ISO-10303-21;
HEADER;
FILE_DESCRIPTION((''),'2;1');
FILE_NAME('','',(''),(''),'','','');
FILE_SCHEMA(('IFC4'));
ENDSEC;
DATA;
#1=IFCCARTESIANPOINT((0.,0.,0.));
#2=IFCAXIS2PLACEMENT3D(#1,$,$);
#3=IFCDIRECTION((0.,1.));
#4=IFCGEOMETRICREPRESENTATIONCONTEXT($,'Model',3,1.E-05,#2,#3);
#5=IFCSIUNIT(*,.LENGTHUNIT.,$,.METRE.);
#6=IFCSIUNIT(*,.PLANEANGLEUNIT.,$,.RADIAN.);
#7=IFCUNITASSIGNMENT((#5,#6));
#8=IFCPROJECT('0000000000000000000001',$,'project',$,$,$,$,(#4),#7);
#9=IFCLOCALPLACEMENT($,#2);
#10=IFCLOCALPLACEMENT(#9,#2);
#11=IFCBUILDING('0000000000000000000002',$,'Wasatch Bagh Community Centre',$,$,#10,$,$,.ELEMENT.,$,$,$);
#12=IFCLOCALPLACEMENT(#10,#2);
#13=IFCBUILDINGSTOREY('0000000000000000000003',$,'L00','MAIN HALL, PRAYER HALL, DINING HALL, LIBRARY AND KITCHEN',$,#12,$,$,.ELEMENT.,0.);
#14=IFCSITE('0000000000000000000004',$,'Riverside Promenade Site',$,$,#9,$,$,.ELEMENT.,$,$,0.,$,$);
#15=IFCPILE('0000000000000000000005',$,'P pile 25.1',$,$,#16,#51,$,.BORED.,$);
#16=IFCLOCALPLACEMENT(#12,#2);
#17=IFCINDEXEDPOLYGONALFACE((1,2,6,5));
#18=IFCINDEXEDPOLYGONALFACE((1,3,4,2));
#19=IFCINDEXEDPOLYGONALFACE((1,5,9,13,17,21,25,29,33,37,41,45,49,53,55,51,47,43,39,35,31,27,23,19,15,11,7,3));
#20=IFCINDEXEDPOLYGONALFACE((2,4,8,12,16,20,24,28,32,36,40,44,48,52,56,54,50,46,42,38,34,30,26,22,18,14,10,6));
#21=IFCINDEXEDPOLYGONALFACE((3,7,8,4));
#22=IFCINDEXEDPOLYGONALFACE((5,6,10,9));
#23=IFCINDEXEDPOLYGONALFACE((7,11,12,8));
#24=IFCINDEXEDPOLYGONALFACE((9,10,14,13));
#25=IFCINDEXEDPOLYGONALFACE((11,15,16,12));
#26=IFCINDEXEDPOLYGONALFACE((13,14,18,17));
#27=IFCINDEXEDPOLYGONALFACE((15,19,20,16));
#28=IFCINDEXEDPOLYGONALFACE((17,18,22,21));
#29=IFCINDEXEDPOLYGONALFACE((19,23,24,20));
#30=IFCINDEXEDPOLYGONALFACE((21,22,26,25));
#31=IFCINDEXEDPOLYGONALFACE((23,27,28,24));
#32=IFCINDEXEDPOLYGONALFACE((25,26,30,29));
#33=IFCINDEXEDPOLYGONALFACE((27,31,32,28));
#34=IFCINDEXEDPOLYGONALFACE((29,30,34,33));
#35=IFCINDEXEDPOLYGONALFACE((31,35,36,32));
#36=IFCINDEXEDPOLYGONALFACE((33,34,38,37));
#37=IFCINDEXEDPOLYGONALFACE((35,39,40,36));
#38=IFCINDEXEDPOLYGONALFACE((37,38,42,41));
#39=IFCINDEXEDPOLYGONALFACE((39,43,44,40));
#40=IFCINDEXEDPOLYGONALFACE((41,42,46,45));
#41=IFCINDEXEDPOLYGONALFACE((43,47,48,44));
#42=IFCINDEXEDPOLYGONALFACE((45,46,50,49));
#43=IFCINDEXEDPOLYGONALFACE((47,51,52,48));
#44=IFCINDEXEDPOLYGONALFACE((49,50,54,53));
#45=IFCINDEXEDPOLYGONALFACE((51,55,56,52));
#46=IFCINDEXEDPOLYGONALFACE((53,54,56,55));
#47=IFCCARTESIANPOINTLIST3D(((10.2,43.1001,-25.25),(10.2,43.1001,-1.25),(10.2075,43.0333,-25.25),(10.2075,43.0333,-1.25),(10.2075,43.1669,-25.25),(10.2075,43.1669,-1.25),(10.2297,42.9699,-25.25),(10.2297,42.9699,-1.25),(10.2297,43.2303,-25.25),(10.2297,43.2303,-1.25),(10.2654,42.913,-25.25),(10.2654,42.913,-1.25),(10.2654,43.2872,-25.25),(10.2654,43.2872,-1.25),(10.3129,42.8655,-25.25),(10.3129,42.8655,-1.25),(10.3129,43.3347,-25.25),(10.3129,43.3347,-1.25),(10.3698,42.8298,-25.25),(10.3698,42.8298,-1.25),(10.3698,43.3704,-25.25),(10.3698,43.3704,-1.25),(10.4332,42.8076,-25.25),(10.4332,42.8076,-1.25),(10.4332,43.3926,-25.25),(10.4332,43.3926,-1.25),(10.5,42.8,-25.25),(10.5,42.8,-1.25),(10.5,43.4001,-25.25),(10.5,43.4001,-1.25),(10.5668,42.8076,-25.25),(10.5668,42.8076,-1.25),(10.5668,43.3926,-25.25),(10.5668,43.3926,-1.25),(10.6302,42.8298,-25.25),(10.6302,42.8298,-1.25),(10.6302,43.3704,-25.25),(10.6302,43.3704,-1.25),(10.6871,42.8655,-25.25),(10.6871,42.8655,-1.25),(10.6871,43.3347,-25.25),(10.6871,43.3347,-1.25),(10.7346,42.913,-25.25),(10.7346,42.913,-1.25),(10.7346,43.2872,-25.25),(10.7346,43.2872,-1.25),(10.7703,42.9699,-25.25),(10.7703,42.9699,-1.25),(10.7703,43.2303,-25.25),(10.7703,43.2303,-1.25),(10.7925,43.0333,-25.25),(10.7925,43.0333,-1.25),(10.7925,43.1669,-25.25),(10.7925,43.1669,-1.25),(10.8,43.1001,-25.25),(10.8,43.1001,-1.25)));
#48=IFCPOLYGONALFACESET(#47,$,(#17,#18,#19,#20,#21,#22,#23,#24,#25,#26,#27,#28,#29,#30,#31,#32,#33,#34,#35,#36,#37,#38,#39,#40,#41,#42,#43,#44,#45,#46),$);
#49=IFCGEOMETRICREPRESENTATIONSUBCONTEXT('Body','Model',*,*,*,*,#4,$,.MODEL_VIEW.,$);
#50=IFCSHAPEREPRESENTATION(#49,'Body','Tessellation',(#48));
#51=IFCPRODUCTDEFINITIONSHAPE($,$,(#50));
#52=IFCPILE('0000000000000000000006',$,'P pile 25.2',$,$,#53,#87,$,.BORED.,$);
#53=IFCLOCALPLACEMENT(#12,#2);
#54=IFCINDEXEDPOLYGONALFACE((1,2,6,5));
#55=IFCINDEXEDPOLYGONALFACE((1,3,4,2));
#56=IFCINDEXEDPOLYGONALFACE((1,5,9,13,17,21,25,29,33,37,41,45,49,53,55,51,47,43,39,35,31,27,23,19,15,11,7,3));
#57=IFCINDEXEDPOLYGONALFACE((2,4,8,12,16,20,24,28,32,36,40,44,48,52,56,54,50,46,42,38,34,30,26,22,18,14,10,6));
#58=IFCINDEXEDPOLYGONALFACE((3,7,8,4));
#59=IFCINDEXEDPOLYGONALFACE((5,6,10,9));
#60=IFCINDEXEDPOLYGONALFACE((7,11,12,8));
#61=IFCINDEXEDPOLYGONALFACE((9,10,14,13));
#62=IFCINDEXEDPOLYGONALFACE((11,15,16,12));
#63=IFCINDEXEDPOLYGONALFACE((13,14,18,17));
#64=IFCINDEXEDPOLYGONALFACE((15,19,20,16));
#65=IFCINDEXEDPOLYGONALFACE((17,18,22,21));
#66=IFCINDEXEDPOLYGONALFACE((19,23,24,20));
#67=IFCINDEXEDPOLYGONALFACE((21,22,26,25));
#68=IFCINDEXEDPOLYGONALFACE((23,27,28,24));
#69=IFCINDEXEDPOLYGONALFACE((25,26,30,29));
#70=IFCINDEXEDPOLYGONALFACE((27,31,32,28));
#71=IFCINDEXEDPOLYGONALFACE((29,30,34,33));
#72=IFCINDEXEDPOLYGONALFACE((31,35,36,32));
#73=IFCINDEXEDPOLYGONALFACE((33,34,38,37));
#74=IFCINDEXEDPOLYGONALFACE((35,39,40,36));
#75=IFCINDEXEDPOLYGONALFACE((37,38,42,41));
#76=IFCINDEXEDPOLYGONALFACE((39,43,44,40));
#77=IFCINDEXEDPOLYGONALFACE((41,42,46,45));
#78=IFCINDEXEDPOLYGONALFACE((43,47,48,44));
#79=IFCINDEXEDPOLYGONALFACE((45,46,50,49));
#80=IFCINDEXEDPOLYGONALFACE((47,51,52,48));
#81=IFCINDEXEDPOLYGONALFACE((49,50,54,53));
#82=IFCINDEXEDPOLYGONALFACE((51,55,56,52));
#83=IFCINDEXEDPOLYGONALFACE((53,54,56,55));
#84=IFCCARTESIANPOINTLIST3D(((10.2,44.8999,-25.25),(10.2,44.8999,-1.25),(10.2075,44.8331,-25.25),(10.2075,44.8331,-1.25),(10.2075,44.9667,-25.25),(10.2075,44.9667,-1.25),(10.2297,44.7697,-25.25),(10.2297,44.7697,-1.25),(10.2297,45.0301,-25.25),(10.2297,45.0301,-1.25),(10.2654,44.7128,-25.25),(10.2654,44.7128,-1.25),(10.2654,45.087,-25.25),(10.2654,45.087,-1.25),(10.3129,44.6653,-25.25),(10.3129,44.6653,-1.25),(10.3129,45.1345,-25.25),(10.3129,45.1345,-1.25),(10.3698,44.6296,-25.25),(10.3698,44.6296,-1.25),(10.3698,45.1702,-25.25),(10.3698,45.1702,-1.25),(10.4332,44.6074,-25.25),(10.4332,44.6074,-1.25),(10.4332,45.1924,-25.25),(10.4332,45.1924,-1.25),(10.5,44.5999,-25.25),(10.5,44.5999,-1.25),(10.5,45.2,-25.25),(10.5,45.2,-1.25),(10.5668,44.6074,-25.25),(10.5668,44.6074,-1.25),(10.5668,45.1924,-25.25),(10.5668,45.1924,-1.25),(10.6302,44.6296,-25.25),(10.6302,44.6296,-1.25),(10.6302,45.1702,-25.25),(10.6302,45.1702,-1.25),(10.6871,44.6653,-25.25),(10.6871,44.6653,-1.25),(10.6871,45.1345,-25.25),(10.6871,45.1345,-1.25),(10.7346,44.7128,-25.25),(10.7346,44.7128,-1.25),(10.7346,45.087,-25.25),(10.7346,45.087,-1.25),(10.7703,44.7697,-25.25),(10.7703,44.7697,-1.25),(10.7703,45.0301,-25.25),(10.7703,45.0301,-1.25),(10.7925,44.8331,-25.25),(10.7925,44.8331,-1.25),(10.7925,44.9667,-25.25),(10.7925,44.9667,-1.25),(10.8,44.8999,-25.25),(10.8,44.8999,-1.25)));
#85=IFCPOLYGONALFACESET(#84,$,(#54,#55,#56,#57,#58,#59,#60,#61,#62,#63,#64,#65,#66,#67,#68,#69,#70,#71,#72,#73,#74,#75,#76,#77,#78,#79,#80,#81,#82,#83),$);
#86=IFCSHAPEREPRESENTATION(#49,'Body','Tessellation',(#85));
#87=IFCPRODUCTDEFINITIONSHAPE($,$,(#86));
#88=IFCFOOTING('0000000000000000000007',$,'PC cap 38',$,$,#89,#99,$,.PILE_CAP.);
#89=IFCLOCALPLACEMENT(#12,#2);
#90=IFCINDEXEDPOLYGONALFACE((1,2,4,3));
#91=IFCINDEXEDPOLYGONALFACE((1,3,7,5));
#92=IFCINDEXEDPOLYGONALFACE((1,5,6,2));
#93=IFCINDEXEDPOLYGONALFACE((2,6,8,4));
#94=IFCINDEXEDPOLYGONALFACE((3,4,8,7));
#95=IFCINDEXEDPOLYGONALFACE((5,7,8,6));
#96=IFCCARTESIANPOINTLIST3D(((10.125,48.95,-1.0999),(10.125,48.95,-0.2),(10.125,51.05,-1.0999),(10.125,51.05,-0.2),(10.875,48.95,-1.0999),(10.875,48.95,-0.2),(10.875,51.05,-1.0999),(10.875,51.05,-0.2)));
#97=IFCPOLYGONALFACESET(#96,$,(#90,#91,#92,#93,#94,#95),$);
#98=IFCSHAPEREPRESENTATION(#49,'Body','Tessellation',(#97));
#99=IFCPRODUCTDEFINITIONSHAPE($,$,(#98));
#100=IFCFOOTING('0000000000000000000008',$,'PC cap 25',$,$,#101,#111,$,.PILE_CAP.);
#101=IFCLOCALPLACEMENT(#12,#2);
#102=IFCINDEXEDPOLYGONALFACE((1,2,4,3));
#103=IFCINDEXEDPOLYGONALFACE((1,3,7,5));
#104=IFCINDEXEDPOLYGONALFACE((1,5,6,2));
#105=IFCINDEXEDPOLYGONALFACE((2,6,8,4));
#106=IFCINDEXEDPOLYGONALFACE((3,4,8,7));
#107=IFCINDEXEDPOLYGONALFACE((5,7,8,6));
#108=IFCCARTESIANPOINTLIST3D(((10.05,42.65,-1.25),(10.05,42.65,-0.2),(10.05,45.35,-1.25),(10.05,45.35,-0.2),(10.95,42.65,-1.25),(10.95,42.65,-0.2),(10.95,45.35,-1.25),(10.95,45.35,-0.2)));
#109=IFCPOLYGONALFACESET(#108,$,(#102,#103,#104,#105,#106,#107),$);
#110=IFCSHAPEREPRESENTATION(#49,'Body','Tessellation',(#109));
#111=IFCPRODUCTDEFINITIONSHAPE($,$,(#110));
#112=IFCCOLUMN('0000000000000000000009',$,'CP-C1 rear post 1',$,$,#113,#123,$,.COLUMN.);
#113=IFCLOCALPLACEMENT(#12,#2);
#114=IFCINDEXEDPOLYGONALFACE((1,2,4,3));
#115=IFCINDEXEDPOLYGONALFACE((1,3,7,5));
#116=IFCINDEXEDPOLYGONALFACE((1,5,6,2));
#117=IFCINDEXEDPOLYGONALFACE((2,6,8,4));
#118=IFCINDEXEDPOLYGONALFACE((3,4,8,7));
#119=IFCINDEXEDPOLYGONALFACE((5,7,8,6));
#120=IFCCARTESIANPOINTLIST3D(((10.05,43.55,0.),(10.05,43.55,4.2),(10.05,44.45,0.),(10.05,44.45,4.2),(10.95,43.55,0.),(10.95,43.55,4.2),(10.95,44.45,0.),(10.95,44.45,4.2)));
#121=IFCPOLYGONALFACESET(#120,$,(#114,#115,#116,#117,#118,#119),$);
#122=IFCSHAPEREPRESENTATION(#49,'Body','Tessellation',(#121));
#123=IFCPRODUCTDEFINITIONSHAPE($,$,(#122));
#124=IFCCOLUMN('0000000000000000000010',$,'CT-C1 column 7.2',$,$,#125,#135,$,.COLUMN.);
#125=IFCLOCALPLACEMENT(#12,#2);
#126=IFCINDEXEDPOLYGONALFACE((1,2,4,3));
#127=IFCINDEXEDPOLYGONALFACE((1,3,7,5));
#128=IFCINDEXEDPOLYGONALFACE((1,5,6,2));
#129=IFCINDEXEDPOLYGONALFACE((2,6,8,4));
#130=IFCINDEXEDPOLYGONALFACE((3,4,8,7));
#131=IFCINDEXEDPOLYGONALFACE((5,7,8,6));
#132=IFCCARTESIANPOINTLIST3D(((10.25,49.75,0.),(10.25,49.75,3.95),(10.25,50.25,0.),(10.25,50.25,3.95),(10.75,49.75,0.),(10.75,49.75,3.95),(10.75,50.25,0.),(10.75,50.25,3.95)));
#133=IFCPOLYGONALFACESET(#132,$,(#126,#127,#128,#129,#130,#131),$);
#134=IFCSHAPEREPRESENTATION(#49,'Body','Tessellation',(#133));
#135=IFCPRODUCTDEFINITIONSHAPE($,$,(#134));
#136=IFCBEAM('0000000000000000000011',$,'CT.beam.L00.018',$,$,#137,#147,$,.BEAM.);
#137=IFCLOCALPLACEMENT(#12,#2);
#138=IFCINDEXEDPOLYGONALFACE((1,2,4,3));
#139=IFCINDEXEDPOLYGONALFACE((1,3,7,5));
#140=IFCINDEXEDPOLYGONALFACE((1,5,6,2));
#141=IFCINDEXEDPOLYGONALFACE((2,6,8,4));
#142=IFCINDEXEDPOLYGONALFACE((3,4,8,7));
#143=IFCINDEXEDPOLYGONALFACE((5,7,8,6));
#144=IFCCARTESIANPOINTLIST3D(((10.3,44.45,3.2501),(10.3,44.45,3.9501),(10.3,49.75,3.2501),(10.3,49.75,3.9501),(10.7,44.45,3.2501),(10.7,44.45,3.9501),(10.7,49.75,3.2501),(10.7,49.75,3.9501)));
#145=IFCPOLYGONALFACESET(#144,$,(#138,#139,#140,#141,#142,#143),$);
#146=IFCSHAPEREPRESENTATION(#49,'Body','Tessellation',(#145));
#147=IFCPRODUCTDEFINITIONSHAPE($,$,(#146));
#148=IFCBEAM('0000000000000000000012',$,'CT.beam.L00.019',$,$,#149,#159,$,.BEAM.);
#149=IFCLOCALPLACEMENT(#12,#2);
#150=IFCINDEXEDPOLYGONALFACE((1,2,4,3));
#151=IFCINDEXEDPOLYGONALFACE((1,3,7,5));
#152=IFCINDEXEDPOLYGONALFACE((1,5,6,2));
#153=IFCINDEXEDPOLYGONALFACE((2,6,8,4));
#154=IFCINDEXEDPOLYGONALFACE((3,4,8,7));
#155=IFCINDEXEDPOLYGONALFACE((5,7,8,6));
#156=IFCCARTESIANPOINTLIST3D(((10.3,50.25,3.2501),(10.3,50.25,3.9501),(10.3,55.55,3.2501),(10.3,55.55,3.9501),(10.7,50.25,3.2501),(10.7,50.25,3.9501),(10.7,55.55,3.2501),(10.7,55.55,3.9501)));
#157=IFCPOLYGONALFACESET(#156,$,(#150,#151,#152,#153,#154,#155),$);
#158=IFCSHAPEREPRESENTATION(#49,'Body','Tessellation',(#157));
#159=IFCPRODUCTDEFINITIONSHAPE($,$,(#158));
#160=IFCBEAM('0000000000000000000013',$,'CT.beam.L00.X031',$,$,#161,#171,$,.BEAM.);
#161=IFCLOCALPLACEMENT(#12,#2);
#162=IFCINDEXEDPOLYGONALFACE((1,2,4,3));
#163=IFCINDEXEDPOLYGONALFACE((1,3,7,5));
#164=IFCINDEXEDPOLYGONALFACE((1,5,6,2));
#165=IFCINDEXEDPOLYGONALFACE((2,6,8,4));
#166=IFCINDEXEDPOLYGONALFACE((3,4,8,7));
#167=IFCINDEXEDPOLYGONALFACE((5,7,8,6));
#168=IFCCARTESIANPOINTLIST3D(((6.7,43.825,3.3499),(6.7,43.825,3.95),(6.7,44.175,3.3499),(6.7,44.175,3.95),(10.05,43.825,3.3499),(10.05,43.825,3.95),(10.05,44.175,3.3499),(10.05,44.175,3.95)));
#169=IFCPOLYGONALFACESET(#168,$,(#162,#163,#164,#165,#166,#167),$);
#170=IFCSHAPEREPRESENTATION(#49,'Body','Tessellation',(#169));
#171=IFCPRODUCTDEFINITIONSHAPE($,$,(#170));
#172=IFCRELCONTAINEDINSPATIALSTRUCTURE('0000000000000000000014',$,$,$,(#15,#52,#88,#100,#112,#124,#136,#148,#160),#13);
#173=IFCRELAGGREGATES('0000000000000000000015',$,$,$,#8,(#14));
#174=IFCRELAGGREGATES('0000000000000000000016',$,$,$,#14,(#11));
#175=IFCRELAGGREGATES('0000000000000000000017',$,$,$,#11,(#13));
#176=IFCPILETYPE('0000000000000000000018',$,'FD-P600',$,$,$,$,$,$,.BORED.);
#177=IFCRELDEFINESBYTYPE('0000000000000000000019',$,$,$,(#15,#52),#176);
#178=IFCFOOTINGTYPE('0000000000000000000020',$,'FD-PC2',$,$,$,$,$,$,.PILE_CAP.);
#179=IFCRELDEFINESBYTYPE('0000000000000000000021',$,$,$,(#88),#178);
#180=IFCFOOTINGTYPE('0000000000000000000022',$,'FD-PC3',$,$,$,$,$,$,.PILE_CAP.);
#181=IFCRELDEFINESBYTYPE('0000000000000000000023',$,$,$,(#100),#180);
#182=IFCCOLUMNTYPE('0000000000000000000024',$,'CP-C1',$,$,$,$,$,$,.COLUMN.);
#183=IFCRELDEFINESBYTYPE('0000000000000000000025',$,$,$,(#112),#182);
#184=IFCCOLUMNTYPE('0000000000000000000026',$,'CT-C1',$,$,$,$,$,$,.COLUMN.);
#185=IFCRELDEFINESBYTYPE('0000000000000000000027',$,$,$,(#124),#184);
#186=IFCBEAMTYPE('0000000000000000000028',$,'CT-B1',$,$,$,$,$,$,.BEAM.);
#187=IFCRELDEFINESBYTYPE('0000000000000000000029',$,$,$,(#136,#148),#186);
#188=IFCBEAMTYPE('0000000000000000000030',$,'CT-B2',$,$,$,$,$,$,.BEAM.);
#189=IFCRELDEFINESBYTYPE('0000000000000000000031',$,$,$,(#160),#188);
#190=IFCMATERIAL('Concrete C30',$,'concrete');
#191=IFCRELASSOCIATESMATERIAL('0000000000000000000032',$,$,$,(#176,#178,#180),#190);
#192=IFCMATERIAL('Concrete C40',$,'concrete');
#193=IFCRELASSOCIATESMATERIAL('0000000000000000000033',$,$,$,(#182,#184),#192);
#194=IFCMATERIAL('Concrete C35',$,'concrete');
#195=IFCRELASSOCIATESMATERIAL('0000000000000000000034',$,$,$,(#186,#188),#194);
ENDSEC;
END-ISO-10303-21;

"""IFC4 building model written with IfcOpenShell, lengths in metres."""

from ifc_helpers import new_model, si_unit, direction, frame, origin, origin_2d, place, context, subcontext, project, spatial, rectangle, circle, extrude, material, material_profile, profile_set, type_object, element, save


model = new_model("IFC4")

# Units and contexts
model_context = context("Model", 3, precision=1e-05, world=origin(), true_north=direction((0.0, 1.0)))
body_context = subcontext(model_context, "Body", "Model", "MODEL_VIEW")
ifc_project = project(units=[si_unit("LENGTHUNIT", "METRE"), si_unit("PLANEANGLEUNIT", "RADIAN")], contexts=[model_context])

# Site, building, storey
site_placement = place(None, origin())
site = spatial("IfcSite", under=ifc_project, at=site_placement, Name="Riverside Promenade Site", CompositionType="ELEMENT", RefElevation=0.0)
building_placement = place(site_placement, origin())
building = spatial("IfcBuilding", under=site, at=building_placement, Name="Wasatch Bagh Community Centre", CompositionType="ELEMENT")
storey_placement = place(building_placement, origin())
storey = spatial("IfcBuildingStorey", under=building, at=storey_placement, Name="L00", Description="MAIN HALL, PRAYER HALL, DINING HALL, LIBRARY AND KITCHEN", CompositionType="ELEMENT", Elevation=0.0)

# Shared definitions
ifc_material_1 = material(Name="Concrete C30", Category="concrete")
ifc_material_2 = material(Name="Concrete C35", Category="concrete")

# Piles
ifc_material_profile_1 = material_profile(ifc_material_1, circle(Radius=0.3, at=origin_2d()), Name="RC D600")
ifc_profile_set_1 = profile_set([ifc_material_profile_1], Name="Concrete C30")
pile_type_1 = type_object("IfcPileType", Name="FD-P600", PredefinedType="BORED", material=ifc_profile_set_1)
for number, where, z_axis, x_axis, name in (
    (1, (10.5, 43.1001, -1.25), (0.0, 0.0, -1.0), (1.0, 0.0, 0.0), "P pile 25.1"),
    (2, (10.5, 44.8999, -1.25), (0.0, 0.0, -1.0), (1.0, 0.0, 0.0), "P pile 25.2"),
):
    element("IfcPile", number, at=place(storey_placement, frame(where, z_axis=z_axis, x_axis=x_axis)), inside=storey, type_object=pile_type_1, Name=name, PredefinedType="BORED", context=body_context, shape_type="SweptSolid", body=[
        extrude(circle(Radius=0.3, at=origin_2d()), origin(), (0.0, 0.0, 1.0), 24.0),
    ])

# Footings
footing_type_1 = type_object("IfcFootingType", Name="FD-PC2", PredefinedType="PILE_CAP", material=ifc_material_1)
footing_1_placement = place(storey_placement, frame((10.5, 50.0, -1.0999), z_axis=(0.0, 0.0, 1.0), x_axis=(0.0, 1.0, 0.0)))
element("IfcFooting", 3, at=footing_1_placement, inside=storey, type_object=footing_type_1, Name="PC cap 38", PredefinedType="PILE_CAP", context=body_context, shape_type="SweptSolid", body=[
    extrude(rectangle(XDim=2.1001, YDim=0.75, at=origin_2d()), origin(), (0.0, 0.0, 1.0), 0.8999),
])
footing_type_2 = type_object("IfcFootingType", Name="FD-PC3", PredefinedType="PILE_CAP", material=ifc_material_1)
footing_2_placement = place(storey_placement, frame((10.5, 44.0, -1.25), z_axis=(0.0, 0.0, 1.0), x_axis=(0.0, 1.0, 0.0)))
element("IfcFooting", 4, at=footing_2_placement, inside=storey, type_object=footing_type_2, Name="PC cap 25", PredefinedType="PILE_CAP", context=body_context, shape_type="SweptSolid", body=[
    extrude(rectangle(XDim=2.7, YDim=0.8999, at=origin_2d()), origin(), (0.0, 0.0, 1.0), 1.05),
])

# Columns
ifc_material_3 = material(Name="Concrete C40", Category="concrete")
ifc_material_profile_2 = material_profile(ifc_material_3, rectangle(XDim=0.8999, YDim=0.8999, at=origin_2d()), Name="RC 900x900")
ifc_profile_set_2 = profile_set([ifc_material_profile_2], Name="Concrete C40")
column_type_1 = type_object("IfcColumnType", Name="CP-C1", PredefinedType="COLUMN", material=ifc_profile_set_2)
column_1_placement = place(storey_placement, frame((10.5, 44.0, 0.0), z_axis=(0.0, 0.0, 1.0), x_axis=(1.0, 0.0, 0.0)))
element("IfcColumn", 5, at=column_1_placement, inside=storey, type_object=column_type_1, Name="CP-C1 rear post 1", PredefinedType="COLUMN", context=body_context, shape_type="SweptSolid", body=[
    extrude(rectangle(XDim=0.8999, YDim=0.8999, at=origin_2d()), origin(), (0.0, 0.0, 1.0), 4.2),
])
ifc_material_profile_3 = material_profile(ifc_material_3, rectangle(XDim=0.5, YDim=0.5, at=origin_2d()), Name="RC 500x500")
ifc_profile_set_3 = profile_set([ifc_material_profile_3], Name="Concrete C40")
column_type_2 = type_object("IfcColumnType", Name="CT-C1", PredefinedType="COLUMN", material=ifc_profile_set_3)
column_2_placement = place(storey_placement, frame((10.5, 50.0, 0.0), z_axis=(0.0, 0.0, 1.0), x_axis=(1.0, 0.0, 0.0)))
element("IfcColumn", 6, at=column_2_placement, inside=storey, type_object=column_type_2, Name="CT-C1 column 7.2", PredefinedType="COLUMN", context=body_context, shape_type="SweptSolid", body=[
    extrude(rectangle(XDim=0.5, YDim=0.5, at=origin_2d()), origin(), (0.0, 0.0, 1.0), 3.95),
])

# Beams
ifc_material_profile_4 = material_profile(ifc_material_2, rectangle(XDim=0.3999, YDim=0.7, at=origin_2d()), Name="RC 400x700")
ifc_profile_set_4 = profile_set([ifc_material_profile_4], Name="Concrete C35")
beam_type_1 = type_object("IfcBeamType", Name="CT-B1", PredefinedType="BEAM", material=ifc_profile_set_4)
for number, where, z_axis, x_axis, name in (
    (7, (10.5, 44.45, 3.6001), (0.0, 1.0, 0.0), (-1.0, 0.0, 0.0), "CT.beam.L00.018"),
    (8, (10.5, 50.25, 3.6001), (0.0, 1.0, 0.0), (-1.0, 0.0, 0.0), "CT.beam.L00.019"),
):
    element("IfcBeam", number, at=place(storey_placement, frame(where, z_axis=z_axis, x_axis=x_axis)), inside=storey, type_object=beam_type_1, Name=name, PredefinedType="BEAM", context=body_context, shape_type="SweptSolid", body=[
        extrude(rectangle(XDim=0.3999, YDim=0.7, at=origin_2d()), origin(), (0.0, 0.0, 1.0), 5.3),
    ])
ifc_material_profile_5 = material_profile(ifc_material_2, rectangle(XDim=0.3501, YDim=0.6001, at=origin_2d()), Name="RC 350x600")
ifc_profile_set_5 = profile_set([ifc_material_profile_5], Name="Concrete C35")
beam_type_2 = type_object("IfcBeamType", Name="CT-B2", PredefinedType="BEAM", material=ifc_profile_set_5)
beam_placement = place(storey_placement, frame((6.7, 44.0, 3.6499), z_axis=(1.0, 0.0, 0.0), x_axis=(0.0, 1.0, 0.0)))
element("IfcBeam", 9, at=beam_placement, inside=storey, type_object=beam_type_2, Name="CT.beam.L00.X031", PredefinedType="BEAM", context=body_context, shape_type="SweptSolid", body=[
    extrude(rectangle(XDim=0.3501, YDim=0.6001, at=origin_2d()), origin(), (0.0, 0.0, 1.0), 3.3501),
])

save(model, "model.ifc")
